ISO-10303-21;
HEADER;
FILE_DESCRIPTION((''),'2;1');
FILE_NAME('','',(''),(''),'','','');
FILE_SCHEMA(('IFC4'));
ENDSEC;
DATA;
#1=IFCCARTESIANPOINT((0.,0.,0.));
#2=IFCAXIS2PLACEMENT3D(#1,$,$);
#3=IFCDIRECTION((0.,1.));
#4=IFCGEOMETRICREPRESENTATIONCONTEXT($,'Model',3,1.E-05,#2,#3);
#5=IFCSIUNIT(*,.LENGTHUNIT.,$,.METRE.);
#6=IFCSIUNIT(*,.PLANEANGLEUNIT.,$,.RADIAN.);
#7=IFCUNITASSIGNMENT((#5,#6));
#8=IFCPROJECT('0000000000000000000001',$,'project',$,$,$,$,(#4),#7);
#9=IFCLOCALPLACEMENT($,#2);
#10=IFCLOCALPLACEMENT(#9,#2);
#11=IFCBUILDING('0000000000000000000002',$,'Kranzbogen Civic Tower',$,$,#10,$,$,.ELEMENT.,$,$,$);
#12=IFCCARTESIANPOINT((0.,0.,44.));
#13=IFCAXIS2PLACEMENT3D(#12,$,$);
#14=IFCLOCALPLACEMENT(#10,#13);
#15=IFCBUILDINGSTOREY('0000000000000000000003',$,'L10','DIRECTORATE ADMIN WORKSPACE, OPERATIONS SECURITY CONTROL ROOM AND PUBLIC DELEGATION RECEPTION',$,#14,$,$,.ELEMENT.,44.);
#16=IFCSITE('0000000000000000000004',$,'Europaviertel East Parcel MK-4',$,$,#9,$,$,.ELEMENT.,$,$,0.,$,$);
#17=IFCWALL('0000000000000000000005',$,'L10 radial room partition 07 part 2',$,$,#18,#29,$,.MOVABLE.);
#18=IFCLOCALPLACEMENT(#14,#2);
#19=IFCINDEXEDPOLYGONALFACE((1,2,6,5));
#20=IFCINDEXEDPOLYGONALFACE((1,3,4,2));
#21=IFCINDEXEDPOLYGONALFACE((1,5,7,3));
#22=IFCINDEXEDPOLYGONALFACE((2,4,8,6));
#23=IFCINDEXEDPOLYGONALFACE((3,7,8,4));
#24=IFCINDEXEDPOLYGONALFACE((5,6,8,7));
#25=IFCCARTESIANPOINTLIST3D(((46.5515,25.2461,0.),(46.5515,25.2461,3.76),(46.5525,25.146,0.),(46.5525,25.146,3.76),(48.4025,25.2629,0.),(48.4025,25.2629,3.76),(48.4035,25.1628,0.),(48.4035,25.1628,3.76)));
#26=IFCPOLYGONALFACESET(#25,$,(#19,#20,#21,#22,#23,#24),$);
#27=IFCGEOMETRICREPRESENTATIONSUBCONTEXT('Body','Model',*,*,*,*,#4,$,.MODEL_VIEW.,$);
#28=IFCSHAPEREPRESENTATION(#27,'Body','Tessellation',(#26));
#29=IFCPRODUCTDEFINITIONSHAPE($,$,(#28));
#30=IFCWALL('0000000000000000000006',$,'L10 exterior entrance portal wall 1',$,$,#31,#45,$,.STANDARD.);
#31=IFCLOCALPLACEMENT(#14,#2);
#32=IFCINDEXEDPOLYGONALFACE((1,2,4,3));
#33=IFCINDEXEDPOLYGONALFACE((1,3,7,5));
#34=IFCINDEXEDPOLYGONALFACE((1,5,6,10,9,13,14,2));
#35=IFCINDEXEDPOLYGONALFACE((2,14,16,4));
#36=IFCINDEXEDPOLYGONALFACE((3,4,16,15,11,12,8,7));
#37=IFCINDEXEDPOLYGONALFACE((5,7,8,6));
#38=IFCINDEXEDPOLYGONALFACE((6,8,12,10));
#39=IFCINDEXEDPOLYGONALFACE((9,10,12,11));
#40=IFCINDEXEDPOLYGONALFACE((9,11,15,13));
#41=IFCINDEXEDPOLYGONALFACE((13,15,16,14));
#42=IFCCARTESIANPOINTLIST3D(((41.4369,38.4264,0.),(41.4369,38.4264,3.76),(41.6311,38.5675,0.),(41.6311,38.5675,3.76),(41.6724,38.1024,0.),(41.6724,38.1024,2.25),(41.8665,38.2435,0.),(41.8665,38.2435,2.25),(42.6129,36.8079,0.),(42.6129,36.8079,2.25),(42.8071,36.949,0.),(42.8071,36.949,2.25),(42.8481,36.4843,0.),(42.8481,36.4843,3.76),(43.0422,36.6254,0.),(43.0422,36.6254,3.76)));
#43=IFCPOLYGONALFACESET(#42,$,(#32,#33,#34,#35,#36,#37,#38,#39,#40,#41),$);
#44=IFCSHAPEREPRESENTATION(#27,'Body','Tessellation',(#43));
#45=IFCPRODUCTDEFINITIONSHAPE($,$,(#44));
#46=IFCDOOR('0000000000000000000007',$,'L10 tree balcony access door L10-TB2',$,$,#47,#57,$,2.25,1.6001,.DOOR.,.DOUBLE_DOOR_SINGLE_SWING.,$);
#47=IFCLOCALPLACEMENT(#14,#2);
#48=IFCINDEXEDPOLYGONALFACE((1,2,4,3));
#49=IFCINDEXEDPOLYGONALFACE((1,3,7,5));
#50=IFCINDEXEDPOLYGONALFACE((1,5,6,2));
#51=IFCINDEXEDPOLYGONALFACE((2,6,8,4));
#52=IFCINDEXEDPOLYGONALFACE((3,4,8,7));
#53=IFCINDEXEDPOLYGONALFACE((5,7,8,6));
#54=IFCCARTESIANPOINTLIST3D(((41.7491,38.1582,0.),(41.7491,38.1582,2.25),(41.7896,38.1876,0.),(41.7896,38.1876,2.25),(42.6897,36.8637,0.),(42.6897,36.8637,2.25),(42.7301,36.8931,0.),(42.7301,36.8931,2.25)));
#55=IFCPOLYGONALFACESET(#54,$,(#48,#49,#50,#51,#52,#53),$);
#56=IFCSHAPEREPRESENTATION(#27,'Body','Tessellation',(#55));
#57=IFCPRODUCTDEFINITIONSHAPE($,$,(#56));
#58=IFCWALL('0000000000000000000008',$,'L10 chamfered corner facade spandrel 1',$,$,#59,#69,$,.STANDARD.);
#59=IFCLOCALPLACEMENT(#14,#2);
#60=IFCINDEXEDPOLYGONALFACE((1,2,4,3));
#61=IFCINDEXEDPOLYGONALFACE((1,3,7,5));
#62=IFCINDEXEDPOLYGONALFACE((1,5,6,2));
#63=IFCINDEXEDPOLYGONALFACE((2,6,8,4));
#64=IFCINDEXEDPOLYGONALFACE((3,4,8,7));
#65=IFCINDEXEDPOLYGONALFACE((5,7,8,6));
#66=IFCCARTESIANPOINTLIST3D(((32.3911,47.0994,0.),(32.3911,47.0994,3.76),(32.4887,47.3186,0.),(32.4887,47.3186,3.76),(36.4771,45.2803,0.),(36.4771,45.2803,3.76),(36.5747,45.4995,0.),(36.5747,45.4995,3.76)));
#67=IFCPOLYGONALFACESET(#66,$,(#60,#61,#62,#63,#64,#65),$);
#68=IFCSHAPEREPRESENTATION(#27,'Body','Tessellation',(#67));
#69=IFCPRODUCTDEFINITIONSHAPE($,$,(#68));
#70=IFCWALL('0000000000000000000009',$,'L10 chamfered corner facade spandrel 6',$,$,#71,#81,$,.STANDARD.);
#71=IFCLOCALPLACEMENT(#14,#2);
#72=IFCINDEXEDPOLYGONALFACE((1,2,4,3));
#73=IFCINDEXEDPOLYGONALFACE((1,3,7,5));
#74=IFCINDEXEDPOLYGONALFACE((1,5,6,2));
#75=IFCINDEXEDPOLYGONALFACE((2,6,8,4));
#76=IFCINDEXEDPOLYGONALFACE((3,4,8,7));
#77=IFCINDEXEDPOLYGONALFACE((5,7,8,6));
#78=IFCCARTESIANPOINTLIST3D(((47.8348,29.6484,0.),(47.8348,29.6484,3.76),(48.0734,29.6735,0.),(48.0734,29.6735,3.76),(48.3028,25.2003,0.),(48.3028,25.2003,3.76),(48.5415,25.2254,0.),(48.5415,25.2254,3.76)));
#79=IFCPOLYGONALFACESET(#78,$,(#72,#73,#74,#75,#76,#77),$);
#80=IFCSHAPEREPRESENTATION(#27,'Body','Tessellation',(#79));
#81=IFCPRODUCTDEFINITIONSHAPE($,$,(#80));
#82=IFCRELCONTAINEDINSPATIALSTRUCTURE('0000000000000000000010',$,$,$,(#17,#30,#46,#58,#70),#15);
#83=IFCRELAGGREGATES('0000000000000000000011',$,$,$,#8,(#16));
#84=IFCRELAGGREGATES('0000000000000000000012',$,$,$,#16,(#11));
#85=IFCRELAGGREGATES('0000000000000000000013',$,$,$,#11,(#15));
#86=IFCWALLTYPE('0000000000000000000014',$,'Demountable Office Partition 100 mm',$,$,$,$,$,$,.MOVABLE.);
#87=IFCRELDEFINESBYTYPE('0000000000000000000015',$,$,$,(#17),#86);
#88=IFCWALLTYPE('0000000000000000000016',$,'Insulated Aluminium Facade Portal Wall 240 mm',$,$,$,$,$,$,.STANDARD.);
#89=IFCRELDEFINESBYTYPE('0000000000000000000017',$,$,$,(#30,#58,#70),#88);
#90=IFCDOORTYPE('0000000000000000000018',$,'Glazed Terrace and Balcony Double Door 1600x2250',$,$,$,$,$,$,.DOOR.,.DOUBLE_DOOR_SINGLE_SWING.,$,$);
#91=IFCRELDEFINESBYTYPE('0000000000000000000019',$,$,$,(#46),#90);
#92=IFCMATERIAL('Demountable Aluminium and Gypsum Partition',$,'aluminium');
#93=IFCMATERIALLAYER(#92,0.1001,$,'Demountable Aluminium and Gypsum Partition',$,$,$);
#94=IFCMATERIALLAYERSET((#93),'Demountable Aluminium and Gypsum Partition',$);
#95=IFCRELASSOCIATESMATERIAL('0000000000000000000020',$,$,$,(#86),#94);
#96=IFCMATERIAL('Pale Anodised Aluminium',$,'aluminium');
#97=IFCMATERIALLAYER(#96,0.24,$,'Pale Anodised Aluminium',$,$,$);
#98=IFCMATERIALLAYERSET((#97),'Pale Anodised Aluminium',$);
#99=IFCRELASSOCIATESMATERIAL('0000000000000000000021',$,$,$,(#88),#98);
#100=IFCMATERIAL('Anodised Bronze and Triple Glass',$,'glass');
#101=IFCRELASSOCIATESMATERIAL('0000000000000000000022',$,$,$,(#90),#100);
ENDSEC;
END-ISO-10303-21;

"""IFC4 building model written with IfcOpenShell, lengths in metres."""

from ifc_helpers import new_model, si_unit, direction, frame, frame_2d, origin, place, context, subcontext, project, spatial, rectangle, extrude, material, layer, layer_set, type_object, element, fill, save


model = new_model("IFC4")

# Units and contexts
model_context = context("Model", 3, precision=1e-05, world=origin(), true_north=direction((0.0, 1.0)))
body_context = subcontext(model_context, "Body", "Model", "MODEL_VIEW")
ifc_project = project(units=[si_unit("LENGTHUNIT", "METRE"), si_unit("PLANEANGLEUNIT", "RADIAN")], contexts=[model_context])

# Site, building, storey
site_placement = place(None, origin())
site = spatial("IfcSite", under=ifc_project, at=site_placement, Name="Europaviertel East Parcel MK-4", CompositionType="ELEMENT", RefElevation=0.0)
building_placement = place(site_placement, origin())
building = spatial("IfcBuilding", under=site, at=building_placement, Name="Kranzbogen Civic Tower", CompositionType="ELEMENT")
storey_placement = place(building_placement, frame((0.0, 0.0, 44.0)))
storey = spatial("IfcBuildingStorey", under=building, at=storey_placement, Name="L10", Description="DIRECTORATE ADMIN WORKSPACE, OPERATIONS SECURITY CONTROL ROOM AND PUBLIC DELEGATION RECEPTION", CompositionType="ELEMENT", Elevation=44.0)

# Shared definitions
ifc_material_1 = material(Name="Pale Anodised Aluminium", Category="aluminium")

# Wall
ifc_material_2 = material(Name="Demountable Aluminium and Gypsum Partition", Category="aluminium")
ifc_layer_1 = layer(ifc_material_2, 0.1001, Name="Demountable Aluminium and Gypsum Partition")
ifc_layer_set_1 = layer_set([ifc_layer_1], Name="Demountable Aluminium and Gypsum Partition")
wall_type_1 = type_object("IfcWallType", Name="Demountable Office Partition 100 mm", PredefinedType="MOVABLE", material=ifc_layer_set_1)
wall_1_placement = place(storey_placement, frame((46.552, 25.196, 0.0), z_axis=(0.0, 0.0, 1.0), x_axis=(0.999959, 0.0091, 0.0)))
element("IfcWall", 1, at=wall_1_placement, inside=storey, type_object=wall_type_1, Name="L10 radial room partition 07 part 2", PredefinedType="MOVABLE", context=body_context, shape_type="SweptSolid", body=[
    extrude(rectangle(XDim=1.8511, YDim=0.1001, at=frame_2d((0.9255, 0.0))), origin(), (0.0, 0.0, 1.0), 3.76),
])

# Wall, opening, door
ifc_layer_2 = layer(ifc_material_1, 0.24, Name="Pale Anodised Aluminium")
ifc_layer_set_2 = layer_set([ifc_layer_2], Name="Pale Anodised Aluminium")
wall_type_2 = type_object("IfcWallType", Name="Insulated Aluminium Facade Portal Wall 240 mm", PredefinedType="STANDARD", material=ifc_layer_set_2)
wall_2_placement = place(storey_placement, frame((42.9451, 36.5549, 0.0), z_axis=(0.0, 0.0, 1.0), x_axis=(-0.587809, 0.809, 0.0)))
wall_2 = element("IfcWall", 2, at=wall_2_placement, inside=storey, type_object=wall_type_2, Name="L10 exterior entrance portal wall 1", PredefinedType="STANDARD", context=body_context, shape_type="SweptSolid", body=[
    extrude(rectangle(XDim=2.4006, YDim=0.24, at=frame_2d((1.2002, 0.0))), origin(), (0.0, 0.0, 1.0), 3.76),
])
opening_1_placement = place(wall_2_placement, frame((0.3999, 0.0, 0.0)))
opening_1 = element("IfcOpeningElement", 3, at=opening_1_placement, cuts=wall_2, PredefinedType="OPENING", context=body_context, shape_type="SweptSolid", body=[
    extrude(rectangle(XDim=1.6001, YDim=2.25, at=frame_2d((0.8, 1.125))), frame((0.0, 0.1299, 0.0), z_axis=(0.0, -1.0, 0.0), x_axis=(1.0, 0.0, 0.0)), (0.0, 0.0, 1.0), 0.26),
])
ifc_material_3 = material(Name="Anodised Bronze and Triple Glass", Category="glass")
door_type_1 = type_object("IfcDoorType", Name="Glazed Terrace and Balcony Double Door 1600x2250", OperationType="DOUBLE_DOOR_SINGLE_SWING", PredefinedType="DOOR", material=ifc_material_3)
door_1_placement = place(opening_1_placement, frame((1.6001, 0.0, 0.0), z_axis=(0.0, 0.0, 1.0), x_axis=(-1.0, 0.0, 0.0)))
door_1 = element("IfcDoor", 4, at=door_1_placement, inside=storey, type_object=door_type_1, Name="L10 tree balcony access door L10-TB2", OperationType="DOUBLE_DOOR_SINGLE_SWING", OverallHeight=2.25, OverallWidth=1.6001, PredefinedType="DOOR", context=body_context, shape_type="SweptSolid", body=[
    extrude(rectangle(XDim=1.6001, YDim=2.25, at=frame_2d((0.8, 1.125))), frame((0.0, 0.0249, 0.0), z_axis=(0.0, -1.0, 0.0), x_axis=(1.0, 0.0, 0.0)), (0.0, 0.0, 1.0), 0.05),
])
fill(opening_1, door_1)

# Walls
for number, where, z_axis, x_axis, name in (
    (5, (36.5259, 45.3899, 0.0), (0.0, 0.0, 1.0), (-0.913553, 0.406721, 0.0), "L10 chamfered corner facade spandrel 1"),
    (6, (48.4221, 25.2129, 0.0), (0.0, 0.0, 1.0), (-0.104642, 0.99451, 0.0), "L10 chamfered corner facade spandrel 6"),
):
    element("IfcWall", number, at=place(storey_placement, frame(where, z_axis=z_axis, x_axis=x_axis)), inside=storey, type_object=wall_type_2, Name=name, PredefinedType="STANDARD", context=body_context, shape_type="SweptSolid", body=[
        extrude(rectangle(XDim=4.4727, YDim=0.24, at=frame_2d((2.2363, 0.0))), origin(), (0.0, 0.0, 1.0), 3.76),
    ])

save(model, "model.ifc")
